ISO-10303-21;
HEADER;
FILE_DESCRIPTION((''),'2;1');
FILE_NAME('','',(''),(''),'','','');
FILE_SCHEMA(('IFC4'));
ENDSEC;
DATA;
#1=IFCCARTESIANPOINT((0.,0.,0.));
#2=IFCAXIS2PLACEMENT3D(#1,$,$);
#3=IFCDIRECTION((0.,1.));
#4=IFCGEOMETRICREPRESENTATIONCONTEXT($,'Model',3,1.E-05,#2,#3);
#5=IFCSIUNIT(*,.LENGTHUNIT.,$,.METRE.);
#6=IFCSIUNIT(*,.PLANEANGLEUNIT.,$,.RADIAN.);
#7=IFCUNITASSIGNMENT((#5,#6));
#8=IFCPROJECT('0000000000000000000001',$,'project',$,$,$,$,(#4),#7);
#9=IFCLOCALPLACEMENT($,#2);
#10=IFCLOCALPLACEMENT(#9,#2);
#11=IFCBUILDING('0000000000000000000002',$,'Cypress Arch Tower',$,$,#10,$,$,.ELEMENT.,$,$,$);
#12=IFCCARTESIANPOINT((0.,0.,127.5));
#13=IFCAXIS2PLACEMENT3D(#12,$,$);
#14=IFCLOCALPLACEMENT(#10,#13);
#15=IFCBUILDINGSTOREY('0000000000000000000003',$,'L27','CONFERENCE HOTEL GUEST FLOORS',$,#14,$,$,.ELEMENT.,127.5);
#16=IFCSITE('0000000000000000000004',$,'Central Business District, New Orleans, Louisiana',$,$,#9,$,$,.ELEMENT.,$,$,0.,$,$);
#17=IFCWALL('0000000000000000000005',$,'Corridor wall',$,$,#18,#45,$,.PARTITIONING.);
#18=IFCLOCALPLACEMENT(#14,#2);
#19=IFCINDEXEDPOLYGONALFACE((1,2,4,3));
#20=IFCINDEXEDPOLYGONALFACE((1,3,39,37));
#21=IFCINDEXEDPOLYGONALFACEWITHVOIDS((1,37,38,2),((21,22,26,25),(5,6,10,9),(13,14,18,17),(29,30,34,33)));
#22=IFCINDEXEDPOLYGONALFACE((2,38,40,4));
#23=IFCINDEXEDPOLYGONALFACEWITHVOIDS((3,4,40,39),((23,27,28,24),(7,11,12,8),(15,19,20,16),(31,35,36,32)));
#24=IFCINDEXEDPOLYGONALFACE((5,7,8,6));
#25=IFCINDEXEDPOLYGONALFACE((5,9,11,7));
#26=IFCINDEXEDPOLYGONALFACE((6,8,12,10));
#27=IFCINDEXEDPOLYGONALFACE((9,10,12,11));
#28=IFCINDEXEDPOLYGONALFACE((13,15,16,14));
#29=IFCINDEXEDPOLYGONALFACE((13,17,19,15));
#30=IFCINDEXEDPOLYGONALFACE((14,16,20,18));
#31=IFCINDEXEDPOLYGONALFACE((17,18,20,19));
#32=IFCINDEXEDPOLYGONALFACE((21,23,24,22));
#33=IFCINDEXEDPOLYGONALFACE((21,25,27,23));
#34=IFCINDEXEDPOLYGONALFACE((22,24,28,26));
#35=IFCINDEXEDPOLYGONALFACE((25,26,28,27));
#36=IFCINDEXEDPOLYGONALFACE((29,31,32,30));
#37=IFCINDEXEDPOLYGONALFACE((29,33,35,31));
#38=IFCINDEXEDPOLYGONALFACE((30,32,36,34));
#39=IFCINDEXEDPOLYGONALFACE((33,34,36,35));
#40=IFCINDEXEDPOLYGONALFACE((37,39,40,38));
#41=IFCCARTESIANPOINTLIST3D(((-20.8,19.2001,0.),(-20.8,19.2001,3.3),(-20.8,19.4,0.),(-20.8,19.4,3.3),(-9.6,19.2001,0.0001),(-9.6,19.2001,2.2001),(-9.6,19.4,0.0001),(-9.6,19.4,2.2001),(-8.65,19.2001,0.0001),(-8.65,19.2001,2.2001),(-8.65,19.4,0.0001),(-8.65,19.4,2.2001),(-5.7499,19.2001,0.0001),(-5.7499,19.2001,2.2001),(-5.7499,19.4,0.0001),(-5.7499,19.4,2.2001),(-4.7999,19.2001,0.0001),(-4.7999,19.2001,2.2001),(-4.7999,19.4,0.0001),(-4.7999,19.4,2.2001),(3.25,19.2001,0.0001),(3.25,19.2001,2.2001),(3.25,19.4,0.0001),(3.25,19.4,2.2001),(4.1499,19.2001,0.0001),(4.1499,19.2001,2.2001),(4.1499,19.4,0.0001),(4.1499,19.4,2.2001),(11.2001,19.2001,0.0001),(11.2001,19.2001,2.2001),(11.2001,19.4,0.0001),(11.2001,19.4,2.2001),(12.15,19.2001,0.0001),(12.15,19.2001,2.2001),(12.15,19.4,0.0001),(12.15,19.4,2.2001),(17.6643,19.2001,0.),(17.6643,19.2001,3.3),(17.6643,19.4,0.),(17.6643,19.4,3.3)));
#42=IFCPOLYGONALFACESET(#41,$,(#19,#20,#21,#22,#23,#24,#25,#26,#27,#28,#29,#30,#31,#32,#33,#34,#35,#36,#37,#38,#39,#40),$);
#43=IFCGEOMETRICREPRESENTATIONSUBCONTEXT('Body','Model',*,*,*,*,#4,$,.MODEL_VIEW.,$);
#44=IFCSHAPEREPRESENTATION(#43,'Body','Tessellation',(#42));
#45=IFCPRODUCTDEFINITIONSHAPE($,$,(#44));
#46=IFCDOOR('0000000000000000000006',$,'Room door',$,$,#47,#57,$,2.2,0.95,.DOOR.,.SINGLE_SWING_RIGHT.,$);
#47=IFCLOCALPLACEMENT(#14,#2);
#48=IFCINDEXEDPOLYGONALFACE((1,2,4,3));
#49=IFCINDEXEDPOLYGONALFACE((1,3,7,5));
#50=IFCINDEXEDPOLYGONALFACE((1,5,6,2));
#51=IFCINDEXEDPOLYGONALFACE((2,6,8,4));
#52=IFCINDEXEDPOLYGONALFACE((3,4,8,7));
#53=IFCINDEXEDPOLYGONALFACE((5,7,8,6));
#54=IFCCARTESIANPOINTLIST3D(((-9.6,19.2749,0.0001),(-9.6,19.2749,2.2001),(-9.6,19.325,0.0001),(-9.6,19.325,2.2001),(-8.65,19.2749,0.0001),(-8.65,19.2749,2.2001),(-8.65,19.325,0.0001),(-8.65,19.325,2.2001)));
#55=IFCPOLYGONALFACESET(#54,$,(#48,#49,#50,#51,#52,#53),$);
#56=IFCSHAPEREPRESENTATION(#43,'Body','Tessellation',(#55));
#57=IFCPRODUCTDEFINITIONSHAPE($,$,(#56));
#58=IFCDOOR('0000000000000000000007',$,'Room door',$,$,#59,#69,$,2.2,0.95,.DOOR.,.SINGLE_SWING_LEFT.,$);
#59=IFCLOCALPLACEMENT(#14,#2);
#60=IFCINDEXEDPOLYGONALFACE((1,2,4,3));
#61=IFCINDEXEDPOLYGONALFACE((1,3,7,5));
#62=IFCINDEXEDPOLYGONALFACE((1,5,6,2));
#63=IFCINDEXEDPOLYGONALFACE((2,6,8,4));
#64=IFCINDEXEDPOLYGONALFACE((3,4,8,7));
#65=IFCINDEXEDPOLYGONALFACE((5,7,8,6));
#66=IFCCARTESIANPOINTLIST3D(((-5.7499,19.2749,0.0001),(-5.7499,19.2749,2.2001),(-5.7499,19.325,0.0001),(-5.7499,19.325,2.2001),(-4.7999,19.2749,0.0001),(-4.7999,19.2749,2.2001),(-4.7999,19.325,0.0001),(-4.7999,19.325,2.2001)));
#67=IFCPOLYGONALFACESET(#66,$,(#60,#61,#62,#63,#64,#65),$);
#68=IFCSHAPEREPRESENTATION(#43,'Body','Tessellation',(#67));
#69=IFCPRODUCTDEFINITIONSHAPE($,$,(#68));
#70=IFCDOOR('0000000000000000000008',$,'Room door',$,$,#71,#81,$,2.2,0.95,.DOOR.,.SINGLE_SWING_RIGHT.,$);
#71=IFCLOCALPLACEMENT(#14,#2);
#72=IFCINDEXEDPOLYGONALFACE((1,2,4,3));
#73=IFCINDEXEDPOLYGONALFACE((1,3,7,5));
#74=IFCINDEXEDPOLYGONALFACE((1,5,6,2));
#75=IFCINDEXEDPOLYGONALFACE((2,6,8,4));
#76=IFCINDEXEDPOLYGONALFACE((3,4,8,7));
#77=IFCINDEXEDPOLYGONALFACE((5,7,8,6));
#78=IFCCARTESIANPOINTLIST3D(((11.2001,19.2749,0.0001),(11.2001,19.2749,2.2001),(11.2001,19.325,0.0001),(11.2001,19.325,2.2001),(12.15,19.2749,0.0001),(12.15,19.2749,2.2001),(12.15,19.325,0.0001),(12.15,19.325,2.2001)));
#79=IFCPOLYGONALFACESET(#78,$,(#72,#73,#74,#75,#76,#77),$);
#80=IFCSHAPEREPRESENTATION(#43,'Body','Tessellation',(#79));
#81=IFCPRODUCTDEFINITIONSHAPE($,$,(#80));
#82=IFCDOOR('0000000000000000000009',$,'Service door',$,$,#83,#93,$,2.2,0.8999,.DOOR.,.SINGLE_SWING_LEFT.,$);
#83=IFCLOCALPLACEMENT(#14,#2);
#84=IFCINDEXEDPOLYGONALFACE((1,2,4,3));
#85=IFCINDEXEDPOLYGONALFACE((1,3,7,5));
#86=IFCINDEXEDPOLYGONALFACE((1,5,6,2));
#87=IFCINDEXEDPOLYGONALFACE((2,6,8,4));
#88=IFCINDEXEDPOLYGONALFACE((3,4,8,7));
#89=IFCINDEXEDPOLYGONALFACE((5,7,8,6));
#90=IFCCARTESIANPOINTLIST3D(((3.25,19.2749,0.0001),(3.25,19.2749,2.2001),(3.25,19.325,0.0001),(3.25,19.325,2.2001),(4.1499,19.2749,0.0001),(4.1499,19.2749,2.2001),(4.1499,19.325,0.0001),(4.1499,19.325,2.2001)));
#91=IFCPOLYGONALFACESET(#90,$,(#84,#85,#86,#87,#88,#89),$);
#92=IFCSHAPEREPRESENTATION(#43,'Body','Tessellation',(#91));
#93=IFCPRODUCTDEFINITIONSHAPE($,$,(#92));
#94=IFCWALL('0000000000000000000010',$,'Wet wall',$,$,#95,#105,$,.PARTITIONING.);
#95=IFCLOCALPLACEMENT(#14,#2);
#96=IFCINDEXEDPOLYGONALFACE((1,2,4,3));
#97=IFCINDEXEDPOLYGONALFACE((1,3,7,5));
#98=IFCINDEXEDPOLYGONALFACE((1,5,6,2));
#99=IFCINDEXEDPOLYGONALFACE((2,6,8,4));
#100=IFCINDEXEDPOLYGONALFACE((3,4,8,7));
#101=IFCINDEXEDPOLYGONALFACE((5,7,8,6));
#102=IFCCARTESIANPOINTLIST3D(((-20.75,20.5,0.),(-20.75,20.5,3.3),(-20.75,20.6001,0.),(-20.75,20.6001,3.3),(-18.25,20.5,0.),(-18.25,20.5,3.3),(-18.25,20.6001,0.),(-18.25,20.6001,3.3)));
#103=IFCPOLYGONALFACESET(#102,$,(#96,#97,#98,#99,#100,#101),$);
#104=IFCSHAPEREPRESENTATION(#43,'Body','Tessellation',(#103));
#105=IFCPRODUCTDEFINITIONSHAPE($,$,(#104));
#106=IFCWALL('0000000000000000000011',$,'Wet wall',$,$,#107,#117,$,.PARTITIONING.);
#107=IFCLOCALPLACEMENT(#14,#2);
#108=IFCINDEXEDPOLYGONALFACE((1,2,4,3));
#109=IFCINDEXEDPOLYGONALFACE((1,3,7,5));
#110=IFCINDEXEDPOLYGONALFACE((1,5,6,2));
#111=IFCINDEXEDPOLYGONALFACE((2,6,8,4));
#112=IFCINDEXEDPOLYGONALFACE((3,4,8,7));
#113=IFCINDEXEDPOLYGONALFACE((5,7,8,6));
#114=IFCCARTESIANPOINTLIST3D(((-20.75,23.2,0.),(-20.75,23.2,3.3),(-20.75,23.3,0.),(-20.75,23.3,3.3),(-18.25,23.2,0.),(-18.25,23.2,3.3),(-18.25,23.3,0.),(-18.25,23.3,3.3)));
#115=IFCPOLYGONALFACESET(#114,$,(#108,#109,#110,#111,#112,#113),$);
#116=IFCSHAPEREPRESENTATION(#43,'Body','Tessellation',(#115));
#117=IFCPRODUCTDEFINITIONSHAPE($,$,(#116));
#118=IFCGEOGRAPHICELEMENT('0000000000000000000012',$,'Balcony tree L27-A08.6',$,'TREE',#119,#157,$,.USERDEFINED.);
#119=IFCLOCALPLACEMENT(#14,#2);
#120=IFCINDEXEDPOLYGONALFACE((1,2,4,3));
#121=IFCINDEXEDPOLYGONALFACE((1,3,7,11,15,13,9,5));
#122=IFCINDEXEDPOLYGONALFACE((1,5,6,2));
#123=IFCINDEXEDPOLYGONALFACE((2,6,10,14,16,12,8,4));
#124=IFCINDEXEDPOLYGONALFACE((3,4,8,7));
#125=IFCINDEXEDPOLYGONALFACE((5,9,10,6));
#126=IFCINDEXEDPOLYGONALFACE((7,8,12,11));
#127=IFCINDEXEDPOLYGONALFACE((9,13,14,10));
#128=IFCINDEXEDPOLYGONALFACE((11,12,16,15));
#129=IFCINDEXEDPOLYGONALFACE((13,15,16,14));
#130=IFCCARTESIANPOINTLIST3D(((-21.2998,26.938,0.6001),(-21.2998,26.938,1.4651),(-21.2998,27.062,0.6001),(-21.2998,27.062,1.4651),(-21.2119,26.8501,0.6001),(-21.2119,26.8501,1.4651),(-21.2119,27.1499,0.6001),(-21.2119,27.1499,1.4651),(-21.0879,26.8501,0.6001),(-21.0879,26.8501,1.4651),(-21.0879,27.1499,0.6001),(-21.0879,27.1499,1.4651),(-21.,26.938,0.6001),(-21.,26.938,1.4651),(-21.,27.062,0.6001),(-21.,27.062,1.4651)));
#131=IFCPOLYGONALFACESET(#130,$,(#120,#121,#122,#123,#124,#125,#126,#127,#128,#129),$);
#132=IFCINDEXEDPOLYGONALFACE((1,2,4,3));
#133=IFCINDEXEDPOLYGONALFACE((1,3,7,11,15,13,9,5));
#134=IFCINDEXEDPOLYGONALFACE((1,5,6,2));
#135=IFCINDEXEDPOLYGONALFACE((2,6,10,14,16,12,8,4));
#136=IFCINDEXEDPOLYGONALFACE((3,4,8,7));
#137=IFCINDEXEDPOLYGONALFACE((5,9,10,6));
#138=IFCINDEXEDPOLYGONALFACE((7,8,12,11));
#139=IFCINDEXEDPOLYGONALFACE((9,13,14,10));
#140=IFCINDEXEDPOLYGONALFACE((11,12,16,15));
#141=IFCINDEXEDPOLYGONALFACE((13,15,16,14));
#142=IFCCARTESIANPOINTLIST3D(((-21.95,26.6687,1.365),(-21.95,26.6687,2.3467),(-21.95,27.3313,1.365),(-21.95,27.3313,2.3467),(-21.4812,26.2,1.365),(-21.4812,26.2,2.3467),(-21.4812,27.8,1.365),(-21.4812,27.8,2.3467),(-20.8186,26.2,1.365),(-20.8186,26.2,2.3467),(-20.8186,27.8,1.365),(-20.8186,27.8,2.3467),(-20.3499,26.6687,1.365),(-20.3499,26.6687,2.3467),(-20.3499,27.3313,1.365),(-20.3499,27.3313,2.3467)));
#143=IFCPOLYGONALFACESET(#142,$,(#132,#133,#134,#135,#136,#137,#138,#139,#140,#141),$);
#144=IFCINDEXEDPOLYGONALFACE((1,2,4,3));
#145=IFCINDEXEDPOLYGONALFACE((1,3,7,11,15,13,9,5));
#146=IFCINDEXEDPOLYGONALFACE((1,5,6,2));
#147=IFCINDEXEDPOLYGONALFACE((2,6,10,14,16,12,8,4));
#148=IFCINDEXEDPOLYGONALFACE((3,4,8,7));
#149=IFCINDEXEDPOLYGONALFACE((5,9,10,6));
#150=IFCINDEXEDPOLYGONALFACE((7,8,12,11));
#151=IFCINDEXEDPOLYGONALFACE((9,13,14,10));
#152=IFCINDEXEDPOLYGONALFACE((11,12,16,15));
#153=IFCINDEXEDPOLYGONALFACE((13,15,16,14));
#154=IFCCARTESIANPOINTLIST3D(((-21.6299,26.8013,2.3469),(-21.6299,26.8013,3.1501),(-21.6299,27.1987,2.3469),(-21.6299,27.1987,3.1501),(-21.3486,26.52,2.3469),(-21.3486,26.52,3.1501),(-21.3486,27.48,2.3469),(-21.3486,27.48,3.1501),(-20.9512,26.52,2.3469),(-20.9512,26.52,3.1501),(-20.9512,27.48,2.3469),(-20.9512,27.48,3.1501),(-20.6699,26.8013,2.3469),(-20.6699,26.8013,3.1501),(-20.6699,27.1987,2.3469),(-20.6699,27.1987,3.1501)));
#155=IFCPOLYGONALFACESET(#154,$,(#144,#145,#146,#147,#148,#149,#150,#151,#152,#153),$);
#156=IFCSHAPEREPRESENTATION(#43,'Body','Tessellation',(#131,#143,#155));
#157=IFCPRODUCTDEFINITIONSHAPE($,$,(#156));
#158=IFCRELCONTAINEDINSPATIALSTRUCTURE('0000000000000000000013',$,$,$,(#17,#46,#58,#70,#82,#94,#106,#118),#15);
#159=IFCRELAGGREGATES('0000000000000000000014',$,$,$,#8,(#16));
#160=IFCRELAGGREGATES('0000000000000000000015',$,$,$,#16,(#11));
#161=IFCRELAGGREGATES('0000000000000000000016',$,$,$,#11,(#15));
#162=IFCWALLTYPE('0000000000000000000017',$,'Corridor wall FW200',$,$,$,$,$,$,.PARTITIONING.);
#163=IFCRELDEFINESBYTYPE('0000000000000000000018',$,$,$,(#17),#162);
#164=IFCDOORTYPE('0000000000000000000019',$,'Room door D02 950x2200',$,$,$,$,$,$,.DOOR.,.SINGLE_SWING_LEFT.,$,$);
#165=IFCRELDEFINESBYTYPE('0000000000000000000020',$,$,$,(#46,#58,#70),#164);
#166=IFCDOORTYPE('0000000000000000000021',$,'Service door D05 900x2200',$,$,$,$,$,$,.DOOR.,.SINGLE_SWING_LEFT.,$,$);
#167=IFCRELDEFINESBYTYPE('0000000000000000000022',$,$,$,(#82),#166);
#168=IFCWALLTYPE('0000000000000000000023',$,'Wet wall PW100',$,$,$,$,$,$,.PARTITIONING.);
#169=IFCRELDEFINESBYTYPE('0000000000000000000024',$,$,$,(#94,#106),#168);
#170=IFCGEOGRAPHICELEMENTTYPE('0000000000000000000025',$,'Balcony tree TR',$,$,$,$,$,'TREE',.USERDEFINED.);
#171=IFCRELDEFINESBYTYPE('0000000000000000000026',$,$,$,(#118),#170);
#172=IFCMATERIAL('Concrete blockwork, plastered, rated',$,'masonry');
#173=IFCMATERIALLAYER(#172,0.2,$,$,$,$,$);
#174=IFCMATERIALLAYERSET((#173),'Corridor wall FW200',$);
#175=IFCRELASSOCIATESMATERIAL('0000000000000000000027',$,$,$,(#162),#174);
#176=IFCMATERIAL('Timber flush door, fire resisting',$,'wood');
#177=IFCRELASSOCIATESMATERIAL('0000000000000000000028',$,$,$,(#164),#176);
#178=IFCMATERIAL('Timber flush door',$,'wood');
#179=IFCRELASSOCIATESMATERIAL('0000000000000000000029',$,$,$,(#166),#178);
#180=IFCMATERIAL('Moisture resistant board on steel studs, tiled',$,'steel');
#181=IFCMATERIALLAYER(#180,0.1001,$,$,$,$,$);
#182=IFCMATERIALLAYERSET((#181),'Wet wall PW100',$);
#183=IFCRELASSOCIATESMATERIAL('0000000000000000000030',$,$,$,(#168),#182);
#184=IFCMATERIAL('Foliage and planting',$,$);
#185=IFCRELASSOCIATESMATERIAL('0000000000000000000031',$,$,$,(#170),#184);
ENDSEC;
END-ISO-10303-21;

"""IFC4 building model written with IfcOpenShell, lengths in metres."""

from ifc_helpers import new_model, si_unit, direction, frame, frame_2d, origin, place, context, subcontext, project, spatial, polyline, rectangle, outline, extrude, material, layer, layer_set, type_object, element, fill, save


model = new_model("IFC4")

# Units and contexts
model_context = context("Model", 3, precision=1e-05, world=origin(), true_north=direction((0.0, 1.0)))
body_context = subcontext(model_context, "Body", "Model", "MODEL_VIEW")
ifc_project = project(units=[si_unit("LENGTHUNIT", "METRE"), si_unit("PLANEANGLEUNIT", "RADIAN")], contexts=[model_context])

# Site, building, storey
site_placement = place(None, origin())
site = spatial("IfcSite", under=ifc_project, at=site_placement, Name="Central Business District, New Orleans, Louisiana", CompositionType="ELEMENT", RefElevation=0.0)
building_placement = place(site_placement, origin())
building = spatial("IfcBuilding", under=site, at=building_placement, Name="Cypress Arch Tower", CompositionType="ELEMENT")
storey_placement = place(building_placement, frame((0.0, 0.0, 127.5)))
storey = spatial("IfcBuildingStorey", under=building, at=storey_placement, Name="L27", Description="CONFERENCE HOTEL GUEST FLOORS", CompositionType="ELEMENT", Elevation=127.5)

# Shared definitions
ifc_material_1 = material(Name="Concrete blockwork, plastered, rated", Category="masonry")
ifc_layer_1 = layer(ifc_material_1, 0.2)
ifc_layer_set_1 = layer_set([ifc_layer_1], Name="Corridor wall FW200")
wall_type_1 = type_object("IfcWallType", Name="Corridor wall FW200", PredefinedType="PARTITIONING", material=ifc_layer_set_1)
ifc_material_2 = material(Name="Timber flush door, fire resisting", Category="wood")
door_type_1 = type_object("IfcDoorType", Name="Room door D02 950x2200", OperationType="SINGLE_SWING_LEFT", PredefinedType="DOOR", material=ifc_material_2)

# Wall, openings, doors
wall_1_placement = place(storey_placement, frame((-20.8, 19.3, 0.0), z_axis=(0.0, 0.0, 1.0), x_axis=(1.0, 0.0, 0.0)))
wall_1 = element("IfcWall", 1, at=wall_1_placement, inside=storey, type_object=wall_type_1, Name="Corridor wall", PredefinedType="PARTITIONING", context=body_context, shape_type="SweptSolid", body=[
    extrude(rectangle(XDim=38.4644, YDim=0.2, at=frame_2d((19.2322, 0.0))), origin(), (0.0, 0.0, 1.0), 3.3),
])
opening_1_placement = place(wall_1_placement, frame((24.05, 0.0, 0.0)))
opening_1 = element("IfcOpeningElement", 2, at=opening_1_placement, cuts=wall_1, PredefinedType="OPENING", context=body_context, shape_type="SweptSolid", body=[
    extrude(rectangle(XDim=0.8999, YDim=2.2, at=frame_2d((0.45, 1.1001))), frame((0.0, 0.1099, 0.0), z_axis=(0.0, -1.0, 0.0), x_axis=(1.0, 0.0, 0.0)), (0.0, 0.0, 1.0), 0.22),
])
opening_2_placement = place(wall_1_placement, frame((11.2, 0.0, 0.0)))
opening_2 = element("IfcOpeningElement", 3, at=opening_2_placement, cuts=wall_1, PredefinedType="OPENING", context=body_context, shape_type="SweptSolid", body=[
    extrude(rectangle(XDim=0.95, YDim=2.2, at=frame_2d((0.4751, 1.1001))), frame((0.0, 0.1099, 0.0), z_axis=(0.0, -1.0, 0.0), x_axis=(1.0, 0.0, 0.0)), (0.0, 0.0, 1.0), 0.22),
])
opening_3_placement = place(wall_1_placement, frame((15.05, 0.0, 0.0)))
opening_3 = element("IfcOpeningElement", 4, at=opening_3_placement, cuts=wall_1, PredefinedType="OPENING", context=body_context, shape_type="SweptSolid", body=[
    extrude(rectangle(XDim=0.95, YDim=2.2, at=frame_2d((0.4751, 1.1001))), frame((0.0, 0.1099, 0.0), z_axis=(0.0, -1.0, 0.0), x_axis=(1.0, 0.0, 0.0)), (0.0, 0.0, 1.0), 0.22),
])
opening_4_placement = place(wall_1_placement, frame((32.0, 0.0, 0.0)))
opening_4 = element("IfcOpeningElement", 5, at=opening_4_placement, cuts=wall_1, PredefinedType="OPENING", context=body_context, shape_type="SweptSolid", body=[
    extrude(rectangle(XDim=0.95, YDim=2.2, at=frame_2d((0.4751, 1.1001))), frame((0.0, 0.1099, 0.0), z_axis=(0.0, -1.0, 0.0), x_axis=(1.0, 0.0, 0.0)), (0.0, 0.0, 1.0), 0.22),
])
door_1_placement = place(opening_2_placement, origin())
door_1 = element("IfcDoor", 6, at=door_1_placement, inside=storey, type_object=door_type_1, Name="Room door", OperationType="SINGLE_SWING_RIGHT", OverallHeight=2.2, OverallWidth=0.95, PredefinedType="DOOR", context=body_context, shape_type="SweptSolid", body=[
    extrude(rectangle(XDim=0.95, YDim=2.2, at=frame_2d((0.4751, 1.1001))), frame((0.0, 0.0249, 0.0), z_axis=(0.0, -1.0, 0.0), x_axis=(1.0, 0.0, 0.0)), (0.0, 0.0, 1.0), 0.05),
])
fill(opening_2, door_1)
door_2_placement = place(opening_3_placement, origin())
door_2 = element("IfcDoor", 7, at=door_2_placement, inside=storey, type_object=door_type_1, Name="Room door", OperationType="SINGLE_SWING_LEFT", OverallHeight=2.2, OverallWidth=0.95, PredefinedType="DOOR", context=body_context, shape_type="SweptSolid", body=[
    extrude(rectangle(XDim=0.95, YDim=2.2, at=frame_2d((0.4751, 1.1001))), frame((0.0, 0.0249, 0.0), z_axis=(0.0, -1.0, 0.0), x_axis=(1.0, 0.0, 0.0)), (0.0, 0.0, 1.0), 0.05),
])
fill(opening_3, door_2)
door_3_placement = place(opening_4_placement, origin())
door_3 = element("IfcDoor", 8, at=door_3_placement, inside=storey, type_object=door_type_1, Name="Room door", OperationType="SINGLE_SWING_RIGHT", OverallHeight=2.2, OverallWidth=0.95, PredefinedType="DOOR", context=body_context, shape_type="SweptSolid", body=[
    extrude(rectangle(XDim=0.95, YDim=2.2, at=frame_2d((0.4751, 1.1001))), frame((0.0, 0.0249, 0.0), z_axis=(0.0, -1.0, 0.0), x_axis=(1.0, 0.0, 0.0)), (0.0, 0.0, 1.0), 0.05),
])
fill(opening_4, door_3)
ifc_material_3 = material(Name="Timber flush door", Category="wood")
door_type_2 = type_object("IfcDoorType", Name="Service door D05 900x2200", OperationType="SINGLE_SWING_LEFT", PredefinedType="DOOR", material=ifc_material_3)
door_4_placement = place(opening_1_placement, origin())
door_4 = element("IfcDoor", 9, at=door_4_placement, inside=storey, type_object=door_type_2, Name="Service door", OperationType="SINGLE_SWING_LEFT", OverallHeight=2.2, OverallWidth=0.8999, PredefinedType="DOOR", context=body_context, shape_type="SweptSolid", body=[
    extrude(rectangle(XDim=0.8999, YDim=2.2, at=frame_2d((0.45, 1.1001))), frame((0.0, 0.0249, 0.0), z_axis=(0.0, -1.0, 0.0), x_axis=(1.0, 0.0, 0.0)), (0.0, 0.0, 1.0), 0.05),
])
fill(opening_1, door_4)

# Walls
ifc_material_4 = material(Name="Moisture resistant board on steel studs, tiled", Category="steel")
ifc_layer_2 = layer(ifc_material_4, 0.1001)
ifc_layer_set_2 = layer_set([ifc_layer_2], Name="Wet wall PW100")
wall_type_2 = type_object("IfcWallType", Name="Wet wall PW100", PredefinedType="PARTITIONING", material=ifc_layer_set_2)
for number, where, z_axis, x_axis, name in (
    (10, (-20.75, 20.55, 0.0), (0.0, 0.0, 1.0), (1.0, 0.0, 0.0), "Wet wall"),
    (11, (-20.75, 23.25, 0.0), (0.0, 0.0, 1.0), (1.0, 0.0, 0.0), "Wet wall"),
):
    element("IfcWall", number, at=place(storey_placement, frame(where, z_axis=z_axis, x_axis=x_axis)), inside=storey, type_object=wall_type_2, Name=name, PredefinedType="PARTITIONING", context=body_context, shape_type="SweptSolid", body=[
        extrude(rectangle(XDim=2.5, YDim=0.1001, at=frame_2d((1.25, 0.0))), origin(), (0.0, 0.0, 1.0), 3.3),
    ])

# Geographic element
ifc_material_5 = material(Name="Foliage and planting")
geographic_element_type = type_object("IfcGeographicElementType", Name="Balcony tree TR", ElementType="TREE", PredefinedType="USERDEFINED", material=ifc_material_5)
geographic_element_placement = place(storey_placement, frame((-21.1499, 27.0, 0.6001), z_axis=(0.0, 0.0, 1.0), x_axis=(1.0, 0.0, 0.0)))
element("IfcGeographicElement", 12, at=geographic_element_placement, inside=storey, type_object=geographic_element_type, Name="Balcony tree L27-A08.6", ObjectType="TREE", PredefinedType="USERDEFINED", context=body_context, shape_type="SweptSolid", body=[
    extrude(outline(polyline([(0.1499, 0.062), (0.062, 0.1499), (-0.062, 0.1499), (-0.1499, 0.062), (-0.1499, -0.062), (-0.062, -0.1499), (0.062, -0.1499), (0.1499, -0.062), (0.1499, 0.062)])), origin(), (0.0, 0.0, 1.0), 0.865),
    extrude(outline(polyline([(0.8, 0.3313), (0.3313, 0.8), (-0.3313, 0.8), (-0.8, 0.3313), (-0.8, -0.3313), (-0.3313, -0.8), (0.3313, -0.8), (0.8, -0.3313), (0.8, 0.3313)])), frame((0.0, 0.0, 0.7649)), (0.0, 0.0, 1.0), 0.9817),
    extrude(outline(polyline([(0.48, 0.1987), (0.1987, 0.48), (-0.1987, 0.48), (-0.48, 0.1987), (-0.48, -0.1987), (-0.1987, -0.48), (0.1987, -0.48), (0.48, -0.1987), (0.48, 0.1987)])), frame((0.0, 0.0, 1.7468)), (0.0, 0.0, 1.0), 0.8032),
])

save(model, "model.ifc")
